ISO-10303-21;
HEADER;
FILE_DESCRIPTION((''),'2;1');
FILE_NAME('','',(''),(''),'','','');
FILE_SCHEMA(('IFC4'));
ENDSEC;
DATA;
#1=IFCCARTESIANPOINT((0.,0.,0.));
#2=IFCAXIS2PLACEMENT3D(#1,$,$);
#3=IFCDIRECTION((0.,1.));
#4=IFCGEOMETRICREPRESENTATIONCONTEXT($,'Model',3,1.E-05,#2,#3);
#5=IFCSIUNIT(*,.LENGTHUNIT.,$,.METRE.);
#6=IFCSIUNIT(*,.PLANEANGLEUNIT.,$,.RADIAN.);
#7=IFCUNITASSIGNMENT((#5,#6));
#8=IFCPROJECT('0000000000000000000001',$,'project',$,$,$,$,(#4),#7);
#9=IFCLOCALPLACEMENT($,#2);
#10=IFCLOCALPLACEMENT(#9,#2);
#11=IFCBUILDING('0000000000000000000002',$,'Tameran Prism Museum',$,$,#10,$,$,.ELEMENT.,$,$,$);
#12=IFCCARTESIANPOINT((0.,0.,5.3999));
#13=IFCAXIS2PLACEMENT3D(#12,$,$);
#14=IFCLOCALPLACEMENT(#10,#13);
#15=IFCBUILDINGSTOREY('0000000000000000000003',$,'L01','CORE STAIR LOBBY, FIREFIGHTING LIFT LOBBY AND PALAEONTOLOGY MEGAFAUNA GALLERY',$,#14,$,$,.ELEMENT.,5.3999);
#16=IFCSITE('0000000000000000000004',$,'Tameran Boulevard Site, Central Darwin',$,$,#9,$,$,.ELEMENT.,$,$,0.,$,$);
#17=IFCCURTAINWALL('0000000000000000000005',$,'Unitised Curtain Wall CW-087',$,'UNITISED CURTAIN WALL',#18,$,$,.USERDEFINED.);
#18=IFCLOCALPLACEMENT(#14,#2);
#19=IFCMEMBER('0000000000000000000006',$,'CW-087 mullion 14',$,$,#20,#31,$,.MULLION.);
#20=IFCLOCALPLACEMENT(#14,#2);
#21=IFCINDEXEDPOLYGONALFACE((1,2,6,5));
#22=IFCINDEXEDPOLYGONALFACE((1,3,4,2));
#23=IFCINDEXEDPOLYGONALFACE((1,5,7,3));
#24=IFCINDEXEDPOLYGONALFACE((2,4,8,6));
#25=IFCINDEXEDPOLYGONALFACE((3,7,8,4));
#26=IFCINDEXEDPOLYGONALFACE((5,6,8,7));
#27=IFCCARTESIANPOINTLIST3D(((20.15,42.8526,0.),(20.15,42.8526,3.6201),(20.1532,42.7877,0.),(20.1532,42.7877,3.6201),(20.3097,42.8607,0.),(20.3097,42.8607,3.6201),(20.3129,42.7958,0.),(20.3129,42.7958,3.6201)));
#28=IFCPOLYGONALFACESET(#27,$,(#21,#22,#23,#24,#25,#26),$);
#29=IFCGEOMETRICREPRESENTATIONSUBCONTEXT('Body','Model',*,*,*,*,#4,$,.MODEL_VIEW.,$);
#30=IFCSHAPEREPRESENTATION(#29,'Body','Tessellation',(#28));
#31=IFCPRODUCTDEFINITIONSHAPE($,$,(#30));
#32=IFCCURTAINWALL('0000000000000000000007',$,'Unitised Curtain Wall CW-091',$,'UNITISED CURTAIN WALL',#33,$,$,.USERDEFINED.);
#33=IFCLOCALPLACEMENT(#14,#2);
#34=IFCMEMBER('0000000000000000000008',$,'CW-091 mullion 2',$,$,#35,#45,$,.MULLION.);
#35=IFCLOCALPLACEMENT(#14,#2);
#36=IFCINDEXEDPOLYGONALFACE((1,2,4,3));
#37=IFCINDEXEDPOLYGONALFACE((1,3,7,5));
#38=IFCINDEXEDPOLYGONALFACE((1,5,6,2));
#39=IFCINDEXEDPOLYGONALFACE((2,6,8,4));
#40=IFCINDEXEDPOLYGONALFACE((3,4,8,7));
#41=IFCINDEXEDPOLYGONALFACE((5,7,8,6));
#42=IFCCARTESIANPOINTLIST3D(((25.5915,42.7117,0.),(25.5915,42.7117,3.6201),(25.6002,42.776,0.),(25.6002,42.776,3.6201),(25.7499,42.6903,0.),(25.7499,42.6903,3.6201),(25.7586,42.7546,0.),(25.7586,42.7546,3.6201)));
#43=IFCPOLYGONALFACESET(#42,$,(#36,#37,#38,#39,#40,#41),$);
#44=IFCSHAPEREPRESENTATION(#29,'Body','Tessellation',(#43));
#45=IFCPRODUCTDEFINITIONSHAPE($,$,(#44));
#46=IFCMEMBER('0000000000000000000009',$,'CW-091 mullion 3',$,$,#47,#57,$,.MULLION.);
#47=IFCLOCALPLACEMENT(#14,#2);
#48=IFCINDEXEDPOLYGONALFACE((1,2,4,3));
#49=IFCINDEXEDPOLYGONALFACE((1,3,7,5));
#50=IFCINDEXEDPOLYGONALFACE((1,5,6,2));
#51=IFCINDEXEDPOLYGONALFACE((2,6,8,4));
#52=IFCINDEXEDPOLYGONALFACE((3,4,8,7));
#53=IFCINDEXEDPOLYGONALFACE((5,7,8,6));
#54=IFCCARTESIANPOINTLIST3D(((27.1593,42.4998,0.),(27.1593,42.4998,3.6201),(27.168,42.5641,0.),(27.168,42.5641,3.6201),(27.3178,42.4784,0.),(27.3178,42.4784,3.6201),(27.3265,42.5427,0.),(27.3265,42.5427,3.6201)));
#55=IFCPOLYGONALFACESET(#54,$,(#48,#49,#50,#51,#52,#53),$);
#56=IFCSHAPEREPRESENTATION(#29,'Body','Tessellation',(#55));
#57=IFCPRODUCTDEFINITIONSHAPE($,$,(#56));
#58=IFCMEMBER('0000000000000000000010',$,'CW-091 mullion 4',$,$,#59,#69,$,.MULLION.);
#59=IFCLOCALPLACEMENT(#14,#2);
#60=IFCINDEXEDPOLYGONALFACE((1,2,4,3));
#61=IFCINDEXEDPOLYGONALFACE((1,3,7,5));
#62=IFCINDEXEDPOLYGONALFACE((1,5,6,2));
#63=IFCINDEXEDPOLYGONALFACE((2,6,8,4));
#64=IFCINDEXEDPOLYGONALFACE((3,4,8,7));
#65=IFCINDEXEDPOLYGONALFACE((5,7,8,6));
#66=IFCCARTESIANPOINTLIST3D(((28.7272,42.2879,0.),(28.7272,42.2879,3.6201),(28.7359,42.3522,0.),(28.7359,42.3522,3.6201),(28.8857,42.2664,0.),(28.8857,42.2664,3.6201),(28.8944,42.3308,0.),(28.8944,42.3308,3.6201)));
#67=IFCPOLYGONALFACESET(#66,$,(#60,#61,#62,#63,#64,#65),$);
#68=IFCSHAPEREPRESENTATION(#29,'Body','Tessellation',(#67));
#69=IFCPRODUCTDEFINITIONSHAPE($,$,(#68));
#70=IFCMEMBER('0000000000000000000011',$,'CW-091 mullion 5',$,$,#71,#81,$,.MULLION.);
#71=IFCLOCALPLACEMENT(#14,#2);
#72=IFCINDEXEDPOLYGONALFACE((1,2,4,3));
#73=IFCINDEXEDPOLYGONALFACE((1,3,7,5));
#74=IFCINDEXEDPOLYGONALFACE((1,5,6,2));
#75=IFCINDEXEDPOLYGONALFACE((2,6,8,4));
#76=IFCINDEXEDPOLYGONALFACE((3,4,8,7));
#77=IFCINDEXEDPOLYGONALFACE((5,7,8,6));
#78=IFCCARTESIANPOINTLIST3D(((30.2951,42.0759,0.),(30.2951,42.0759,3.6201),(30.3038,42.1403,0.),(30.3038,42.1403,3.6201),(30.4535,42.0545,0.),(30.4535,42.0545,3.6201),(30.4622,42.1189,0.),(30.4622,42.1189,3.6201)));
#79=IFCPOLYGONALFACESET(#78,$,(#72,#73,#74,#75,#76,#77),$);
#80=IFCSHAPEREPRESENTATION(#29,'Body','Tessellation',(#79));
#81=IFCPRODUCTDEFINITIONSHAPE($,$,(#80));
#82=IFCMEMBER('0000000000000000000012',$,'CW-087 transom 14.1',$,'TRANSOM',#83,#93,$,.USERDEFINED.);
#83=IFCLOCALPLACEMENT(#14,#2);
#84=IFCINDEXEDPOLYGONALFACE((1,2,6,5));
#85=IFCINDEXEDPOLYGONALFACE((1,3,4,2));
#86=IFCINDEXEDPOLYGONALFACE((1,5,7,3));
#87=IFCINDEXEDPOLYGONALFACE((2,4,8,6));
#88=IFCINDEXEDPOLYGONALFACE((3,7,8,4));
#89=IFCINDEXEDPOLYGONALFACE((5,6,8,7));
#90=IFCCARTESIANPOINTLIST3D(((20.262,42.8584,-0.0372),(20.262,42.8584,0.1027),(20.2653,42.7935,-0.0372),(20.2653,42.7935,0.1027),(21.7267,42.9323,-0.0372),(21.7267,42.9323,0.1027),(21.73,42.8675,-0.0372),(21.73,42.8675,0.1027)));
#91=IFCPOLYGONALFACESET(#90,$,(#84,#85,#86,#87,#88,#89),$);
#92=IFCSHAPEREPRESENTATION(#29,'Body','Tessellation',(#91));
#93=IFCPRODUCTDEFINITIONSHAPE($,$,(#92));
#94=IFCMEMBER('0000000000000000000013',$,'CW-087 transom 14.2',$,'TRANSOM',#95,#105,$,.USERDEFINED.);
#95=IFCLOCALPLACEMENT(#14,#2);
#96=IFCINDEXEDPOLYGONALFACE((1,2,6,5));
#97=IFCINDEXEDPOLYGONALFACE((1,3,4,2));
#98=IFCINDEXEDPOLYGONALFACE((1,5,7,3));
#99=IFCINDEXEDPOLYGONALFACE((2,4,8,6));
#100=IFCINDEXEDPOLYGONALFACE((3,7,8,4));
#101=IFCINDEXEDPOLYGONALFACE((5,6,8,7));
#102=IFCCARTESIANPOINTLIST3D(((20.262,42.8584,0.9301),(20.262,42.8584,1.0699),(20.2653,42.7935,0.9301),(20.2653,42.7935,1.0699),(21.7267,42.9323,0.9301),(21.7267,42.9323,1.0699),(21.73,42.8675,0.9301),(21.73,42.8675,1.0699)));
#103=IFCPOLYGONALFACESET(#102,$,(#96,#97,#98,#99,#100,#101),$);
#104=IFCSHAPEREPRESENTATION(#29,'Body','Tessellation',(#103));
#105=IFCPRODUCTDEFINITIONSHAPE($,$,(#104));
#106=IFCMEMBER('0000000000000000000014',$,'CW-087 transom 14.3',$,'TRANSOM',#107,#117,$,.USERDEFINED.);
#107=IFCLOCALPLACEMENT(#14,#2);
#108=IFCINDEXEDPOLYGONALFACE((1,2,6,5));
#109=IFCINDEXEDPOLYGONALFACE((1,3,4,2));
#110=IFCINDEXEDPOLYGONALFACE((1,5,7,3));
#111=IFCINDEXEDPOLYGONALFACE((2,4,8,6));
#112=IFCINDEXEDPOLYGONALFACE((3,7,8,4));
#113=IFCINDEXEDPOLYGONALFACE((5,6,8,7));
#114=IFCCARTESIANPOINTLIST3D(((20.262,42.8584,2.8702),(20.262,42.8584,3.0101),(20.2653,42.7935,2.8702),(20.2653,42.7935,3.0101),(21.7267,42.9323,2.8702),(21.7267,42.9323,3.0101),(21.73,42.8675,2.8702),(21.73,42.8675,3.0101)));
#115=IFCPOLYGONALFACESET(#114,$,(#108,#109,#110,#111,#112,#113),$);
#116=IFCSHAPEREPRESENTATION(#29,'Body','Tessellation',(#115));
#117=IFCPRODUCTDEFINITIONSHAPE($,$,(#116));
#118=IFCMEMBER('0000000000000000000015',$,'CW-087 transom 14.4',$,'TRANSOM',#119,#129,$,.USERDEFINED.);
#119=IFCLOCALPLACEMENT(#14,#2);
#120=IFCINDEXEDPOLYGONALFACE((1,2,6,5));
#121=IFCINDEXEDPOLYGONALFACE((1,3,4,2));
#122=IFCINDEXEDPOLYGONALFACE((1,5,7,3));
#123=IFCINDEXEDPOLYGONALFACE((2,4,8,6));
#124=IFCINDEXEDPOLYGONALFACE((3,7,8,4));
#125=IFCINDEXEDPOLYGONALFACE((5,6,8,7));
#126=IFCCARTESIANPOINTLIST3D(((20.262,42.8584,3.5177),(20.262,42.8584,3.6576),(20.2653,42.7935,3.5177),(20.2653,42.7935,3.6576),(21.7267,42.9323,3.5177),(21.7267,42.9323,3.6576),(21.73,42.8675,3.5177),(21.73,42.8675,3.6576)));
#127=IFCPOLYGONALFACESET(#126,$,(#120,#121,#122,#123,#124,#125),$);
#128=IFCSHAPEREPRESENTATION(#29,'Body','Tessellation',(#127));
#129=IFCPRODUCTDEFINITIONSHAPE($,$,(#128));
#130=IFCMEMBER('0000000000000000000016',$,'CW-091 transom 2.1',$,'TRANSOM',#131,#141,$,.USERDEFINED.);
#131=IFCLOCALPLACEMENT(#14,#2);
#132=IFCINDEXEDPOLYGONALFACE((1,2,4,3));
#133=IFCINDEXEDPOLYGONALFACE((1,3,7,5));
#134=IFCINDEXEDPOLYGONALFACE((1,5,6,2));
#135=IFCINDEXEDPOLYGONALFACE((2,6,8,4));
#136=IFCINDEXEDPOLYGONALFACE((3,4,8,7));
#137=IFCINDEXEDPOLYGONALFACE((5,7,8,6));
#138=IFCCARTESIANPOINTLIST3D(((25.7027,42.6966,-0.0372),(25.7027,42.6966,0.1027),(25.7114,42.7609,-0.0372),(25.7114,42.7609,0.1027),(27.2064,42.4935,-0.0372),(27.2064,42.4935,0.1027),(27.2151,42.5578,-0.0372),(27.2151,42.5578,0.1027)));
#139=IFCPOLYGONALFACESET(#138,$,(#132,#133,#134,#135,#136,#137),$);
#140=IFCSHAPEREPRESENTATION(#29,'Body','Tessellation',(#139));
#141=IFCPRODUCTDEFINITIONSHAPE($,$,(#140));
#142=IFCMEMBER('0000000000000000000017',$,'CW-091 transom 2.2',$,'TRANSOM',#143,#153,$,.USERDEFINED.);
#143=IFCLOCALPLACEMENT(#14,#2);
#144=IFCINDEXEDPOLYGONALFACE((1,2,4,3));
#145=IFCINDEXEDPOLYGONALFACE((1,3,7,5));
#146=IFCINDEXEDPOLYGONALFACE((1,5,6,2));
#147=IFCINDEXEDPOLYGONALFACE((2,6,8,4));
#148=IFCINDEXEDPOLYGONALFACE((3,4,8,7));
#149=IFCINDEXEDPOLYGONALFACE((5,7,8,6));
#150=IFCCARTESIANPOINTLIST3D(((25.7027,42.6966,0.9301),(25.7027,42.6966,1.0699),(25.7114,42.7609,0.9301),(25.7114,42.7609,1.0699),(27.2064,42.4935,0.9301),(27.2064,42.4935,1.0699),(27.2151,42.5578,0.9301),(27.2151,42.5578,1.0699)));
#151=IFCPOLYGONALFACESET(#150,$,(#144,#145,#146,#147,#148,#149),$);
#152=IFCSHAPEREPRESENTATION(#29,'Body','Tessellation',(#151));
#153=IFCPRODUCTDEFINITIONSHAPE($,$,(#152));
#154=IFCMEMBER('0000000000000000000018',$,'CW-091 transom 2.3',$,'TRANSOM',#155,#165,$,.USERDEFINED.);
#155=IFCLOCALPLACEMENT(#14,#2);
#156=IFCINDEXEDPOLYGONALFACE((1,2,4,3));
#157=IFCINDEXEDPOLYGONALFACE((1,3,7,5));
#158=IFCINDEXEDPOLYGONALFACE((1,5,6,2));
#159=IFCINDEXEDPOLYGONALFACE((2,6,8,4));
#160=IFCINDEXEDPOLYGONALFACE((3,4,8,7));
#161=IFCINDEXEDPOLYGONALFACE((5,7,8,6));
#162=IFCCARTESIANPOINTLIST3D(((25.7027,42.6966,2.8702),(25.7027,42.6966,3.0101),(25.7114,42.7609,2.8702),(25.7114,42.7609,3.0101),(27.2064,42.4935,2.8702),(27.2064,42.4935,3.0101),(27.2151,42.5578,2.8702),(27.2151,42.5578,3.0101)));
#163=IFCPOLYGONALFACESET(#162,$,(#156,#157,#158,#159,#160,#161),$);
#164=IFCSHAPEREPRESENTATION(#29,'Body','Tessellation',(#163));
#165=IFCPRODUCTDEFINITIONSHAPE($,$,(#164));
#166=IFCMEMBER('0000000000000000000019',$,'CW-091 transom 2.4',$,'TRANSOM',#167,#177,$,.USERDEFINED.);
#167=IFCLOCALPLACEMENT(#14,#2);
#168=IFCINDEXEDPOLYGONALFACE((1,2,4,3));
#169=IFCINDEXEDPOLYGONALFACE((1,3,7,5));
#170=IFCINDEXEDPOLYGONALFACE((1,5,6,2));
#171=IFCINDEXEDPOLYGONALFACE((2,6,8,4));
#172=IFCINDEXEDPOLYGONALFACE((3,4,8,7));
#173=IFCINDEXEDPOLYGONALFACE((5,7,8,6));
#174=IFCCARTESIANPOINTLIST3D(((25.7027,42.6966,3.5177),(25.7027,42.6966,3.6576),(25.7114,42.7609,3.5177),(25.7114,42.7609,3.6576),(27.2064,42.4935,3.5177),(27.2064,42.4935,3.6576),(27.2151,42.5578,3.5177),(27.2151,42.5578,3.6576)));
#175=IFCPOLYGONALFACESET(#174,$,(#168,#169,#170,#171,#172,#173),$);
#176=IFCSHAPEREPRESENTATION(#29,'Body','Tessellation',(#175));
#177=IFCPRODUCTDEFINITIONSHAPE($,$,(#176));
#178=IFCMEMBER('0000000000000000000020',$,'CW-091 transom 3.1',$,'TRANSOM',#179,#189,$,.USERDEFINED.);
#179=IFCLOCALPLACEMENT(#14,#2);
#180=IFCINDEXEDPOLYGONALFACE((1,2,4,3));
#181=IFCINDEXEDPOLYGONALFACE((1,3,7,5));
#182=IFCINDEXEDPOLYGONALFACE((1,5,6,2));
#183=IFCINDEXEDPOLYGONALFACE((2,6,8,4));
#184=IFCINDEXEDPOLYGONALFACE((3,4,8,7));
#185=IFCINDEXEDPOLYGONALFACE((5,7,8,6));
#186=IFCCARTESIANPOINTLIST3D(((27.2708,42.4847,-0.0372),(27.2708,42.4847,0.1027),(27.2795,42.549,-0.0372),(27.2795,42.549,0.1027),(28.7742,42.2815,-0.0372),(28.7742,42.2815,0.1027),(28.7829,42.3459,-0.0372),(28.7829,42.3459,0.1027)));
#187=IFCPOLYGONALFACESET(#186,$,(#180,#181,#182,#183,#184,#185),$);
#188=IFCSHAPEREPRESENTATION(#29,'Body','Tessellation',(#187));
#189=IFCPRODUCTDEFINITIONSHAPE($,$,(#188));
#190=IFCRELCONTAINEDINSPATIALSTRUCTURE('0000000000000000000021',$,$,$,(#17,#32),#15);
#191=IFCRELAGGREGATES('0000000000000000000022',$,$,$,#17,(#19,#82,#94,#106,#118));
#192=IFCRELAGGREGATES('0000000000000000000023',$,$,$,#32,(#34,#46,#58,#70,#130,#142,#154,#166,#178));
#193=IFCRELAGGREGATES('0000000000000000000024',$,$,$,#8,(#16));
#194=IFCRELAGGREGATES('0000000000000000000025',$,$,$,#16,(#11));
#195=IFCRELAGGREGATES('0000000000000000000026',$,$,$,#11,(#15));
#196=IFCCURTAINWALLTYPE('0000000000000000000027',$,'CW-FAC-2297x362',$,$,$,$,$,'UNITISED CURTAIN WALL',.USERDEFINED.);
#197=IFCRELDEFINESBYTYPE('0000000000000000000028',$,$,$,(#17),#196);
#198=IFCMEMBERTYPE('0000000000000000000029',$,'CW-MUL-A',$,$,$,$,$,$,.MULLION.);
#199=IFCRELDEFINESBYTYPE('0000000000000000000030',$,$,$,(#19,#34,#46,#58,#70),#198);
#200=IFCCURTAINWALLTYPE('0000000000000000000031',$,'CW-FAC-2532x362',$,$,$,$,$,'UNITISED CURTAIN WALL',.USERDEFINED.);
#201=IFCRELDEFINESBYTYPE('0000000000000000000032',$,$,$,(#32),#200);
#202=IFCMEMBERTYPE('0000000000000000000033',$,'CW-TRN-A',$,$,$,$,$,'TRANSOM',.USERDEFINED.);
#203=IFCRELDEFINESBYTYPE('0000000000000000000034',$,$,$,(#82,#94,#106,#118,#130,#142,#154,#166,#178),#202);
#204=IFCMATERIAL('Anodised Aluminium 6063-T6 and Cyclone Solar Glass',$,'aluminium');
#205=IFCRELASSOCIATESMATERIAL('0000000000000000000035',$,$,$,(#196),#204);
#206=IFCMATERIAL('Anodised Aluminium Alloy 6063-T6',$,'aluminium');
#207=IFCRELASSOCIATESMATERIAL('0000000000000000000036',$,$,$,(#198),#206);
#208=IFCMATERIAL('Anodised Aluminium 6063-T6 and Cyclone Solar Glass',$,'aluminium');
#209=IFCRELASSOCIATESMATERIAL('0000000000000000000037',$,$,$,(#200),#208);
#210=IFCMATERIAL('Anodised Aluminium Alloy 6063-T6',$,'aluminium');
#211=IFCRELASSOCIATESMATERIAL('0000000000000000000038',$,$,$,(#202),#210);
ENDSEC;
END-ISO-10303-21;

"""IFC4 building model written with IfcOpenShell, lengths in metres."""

from ifc_helpers import new_model, si_unit, direction, frame, origin, origin_2d, place, context, subcontext, project, spatial, rectangle, extrude, material, material_profile, profile_set, type_object, element, aggregate, save


model = new_model("IFC4")

# Units and contexts
model_context = context("Model", 3, precision=1e-05, world=origin(), true_north=direction((0.0, 1.0)))
body_context = subcontext(model_context, "Body", "Model", "MODEL_VIEW")
ifc_project = project(units=[si_unit("LENGTHUNIT", "METRE"), si_unit("PLANEANGLEUNIT", "RADIAN")], contexts=[model_context])

# Site, building, storey
site_placement = place(None, origin())
site = spatial("IfcSite", under=ifc_project, at=site_placement, Name="Tameran Boulevard Site, Central Darwin", CompositionType="ELEMENT", RefElevation=0.0)
building_placement = place(site_placement, origin())
building = spatial("IfcBuilding", under=site, at=building_placement, Name="Tameran Prism Museum", CompositionType="ELEMENT")
storey_placement = place(building_placement, frame((0.0, 0.0, 5.3999)))
storey = spatial("IfcBuildingStorey", under=building, at=storey_placement, Name="L01", Description="CORE STAIR LOBBY, FIREFIGHTING LIFT LOBBY AND PALAEONTOLOGY MEGAFAUNA GALLERY", CompositionType="ELEMENT", Elevation=5.3999)

# Curtain wall, member
ifc_material_1 = material(Name="Anodised Aluminium 6063-T6 and Cyclone Solar Glass", Category="aluminium")
curtain_wall_type_1 = type_object("IfcCurtainWallType", Name="CW-FAC-2297x362", ElementType="UNITISED CURTAIN WALL", PredefinedType="USERDEFINED", material=ifc_material_1)
curtain_wall_1_placement = place(storey_placement, origin())
curtain_wall_1 = element("IfcCurtainWall", 1, at=curtain_wall_1_placement, inside=storey, type_object=curtain_wall_type_1, Name="Unitised Curtain Wall CW-087", ObjectType="UNITISED CURTAIN WALL", PredefinedType="USERDEFINED")
ifc_material_2 = material(Name="Anodised Aluminium Alloy 6063-T6", Category="aluminium")
ifc_material_profile_1 = material_profile(ifc_material_2, rectangle(XDim=0.0649, YDim=0.1599, at=origin_2d()))
ifc_profile_set_1 = profile_set([ifc_material_profile_1])
member_type_1 = type_object("IfcMemberType", Name="CW-MUL-A", PredefinedType="MULLION", material=ifc_profile_set_1)
member_1_placement = place(storey_placement, frame((20.2314, 42.8242, 0.0), z_axis=(0.0, 0.0, 1.0), x_axis=(-0.050546, 0.998722, 0.0)))
member_1 = element("IfcMember", 2, at=member_1_placement, type_object=member_type_1, Name="CW-087 mullion 14", PredefinedType="MULLION", context=body_context, shape_type="SweptSolid", body=[
    extrude(rectangle(XDim=0.0649, YDim=0.1599, at=origin_2d()), origin(), (0.0, 0.0, 1.0), 3.6201),
])

# Curtain wall, members
ifc_material_3 = material(Name="Anodised Aluminium 6063-T6 and Cyclone Solar Glass", Category="aluminium")
curtain_wall_type_2 = type_object("IfcCurtainWallType", Name="CW-FAC-2532x362", ElementType="UNITISED CURTAIN WALL", PredefinedType="USERDEFINED", material=ifc_material_3)
curtain_wall_2_placement = place(storey_placement, origin())
curtain_wall_2 = element("IfcCurtainWall", 3, at=curtain_wall_2_placement, inside=storey, type_object=curtain_wall_type_2, Name="Unitised Curtain Wall CW-091", ObjectType="UNITISED CURTAIN WALL", PredefinedType="USERDEFINED")
member_2_placement = place(storey_placement, frame((25.675, 42.7332, 0.0), z_axis=(0.0, 0.0, 1.0), x_axis=(0.133913, 0.990993, 0.0)))
member_2 = element("IfcMember", 4, at=member_2_placement, type_object=member_type_1, Name="CW-091 mullion 2", PredefinedType="MULLION", context=body_context, shape_type="SweptSolid", body=[
    extrude(rectangle(XDim=0.0649, YDim=0.1599, at=origin_2d()), origin(), (0.0, 0.0, 1.0), 3.6201),
])
member_3_placement = place(storey_placement, frame((27.2429, 42.5212, 0.0), z_axis=(0.0, 0.0, 1.0), x_axis=(0.133913, 0.990993, 0.0)))
member_3 = element("IfcMember", 5, at=member_3_placement, type_object=member_type_1, Name="CW-091 mullion 3", PredefinedType="MULLION", context=body_context, shape_type="SweptSolid", body=[
    extrude(rectangle(XDim=0.0649, YDim=0.1599, at=origin_2d()), origin(), (0.0, 0.0, 1.0), 3.6201),
])
member_4_placement = place(storey_placement, frame((28.8108, 42.3093, 0.0), z_axis=(0.0, 0.0, 1.0), x_axis=(0.133913, 0.990993, 0.0)))
member_4 = element("IfcMember", 6, at=member_4_placement, type_object=member_type_1, Name="CW-091 mullion 4", PredefinedType="MULLION", context=body_context, shape_type="SweptSolid", body=[
    extrude(rectangle(XDim=0.0649, YDim=0.1599, at=origin_2d()), origin(), (0.0, 0.0, 1.0), 3.6201),
])
member_5_placement = place(storey_placement, frame((30.3787, 42.0974, 0.0), z_axis=(0.0, 0.0, 1.0), x_axis=(0.133913, 0.990993, 0.0)))
member_5 = element("IfcMember", 7, at=member_5_placement, type_object=member_type_1, Name="CW-091 mullion 5", PredefinedType="MULLION", context=body_context, shape_type="SweptSolid", body=[
    extrude(rectangle(XDim=0.0649, YDim=0.1599, at=origin_2d()), origin(), (0.0, 0.0, 1.0), 3.6201),
])

# Members
ifc_material_4 = material(Name="Anodised Aluminium Alloy 6063-T6", Category="aluminium")
ifc_material_profile_2 = material_profile(ifc_material_4, rectangle(XDim=0.0649, YDim=0.1399, at=origin_2d()))
ifc_profile_set_2 = profile_set([ifc_material_profile_2])
member_type_2 = type_object("IfcMemberType", Name="CW-TRN-A", ElementType="TRANSOM", PredefinedType="USERDEFINED", material=ifc_profile_set_2)
member_6_placement = place(storey_placement, frame((20.2637, 42.8259, 0.0327), z_axis=(0.998727, 0.050444, 0.0), x_axis=(-0.050444, 0.998727, 0.0)))
member_6 = element("IfcMember", 8, at=member_6_placement, type_object=member_type_2, Name="CW-087 transom 14.1", ObjectType="TRANSOM", PredefinedType="USERDEFINED", context=body_context, shape_type="SweptSolid", body=[
    extrude(rectangle(XDim=0.0649, YDim=0.1399, at=origin_2d()), origin(), (0.0, 0.0, 1.0), 1.4666),
])
member_7_placement = place(storey_placement, frame((20.2637, 42.8259, 1.0), z_axis=(0.998727, 0.050444, 0.0), x_axis=(-0.050444, 0.998727, 0.0)))
member_7 = element("IfcMember", 9, at=member_7_placement, type_object=member_type_2, Name="CW-087 transom 14.2", ObjectType="TRANSOM", PredefinedType="USERDEFINED", context=body_context, shape_type="SweptSolid", body=[
    extrude(rectangle(XDim=0.0649, YDim=0.1399, at=origin_2d()), origin(), (0.0, 0.0, 1.0), 1.4666),
])
member_8_placement = place(storey_placement, frame((20.2637, 42.8259, 2.9402), z_axis=(0.998727, 0.050444, 0.0), x_axis=(-0.050444, 0.998727, 0.0)))
member_8 = element("IfcMember", 10, at=member_8_placement, type_object=member_type_2, Name="CW-087 transom 14.3", ObjectType="TRANSOM", PredefinedType="USERDEFINED", context=body_context, shape_type="SweptSolid", body=[
    extrude(rectangle(XDim=0.0649, YDim=0.1399, at=origin_2d()), origin(), (0.0, 0.0, 1.0), 1.4666),
])
member_9_placement = place(storey_placement, frame((20.2637, 42.8259, 3.5876), z_axis=(0.998727, 0.050444, 0.0), x_axis=(-0.050444, 0.998727, 0.0)))
member_9 = element("IfcMember", 11, at=member_9_placement, type_object=member_type_2, Name="CW-087 transom 14.4", ObjectType="TRANSOM", PredefinedType="USERDEFINED", context=body_context, shape_type="SweptSolid", body=[
    extrude(rectangle(XDim=0.0649, YDim=0.1399, at=origin_2d()), origin(), (0.0, 0.0, 1.0), 1.4666),
])
member_10_placement = place(storey_placement, frame((25.707, 42.7288, 0.0327), z_axis=(0.990999, -0.133871, 0.0), x_axis=(0.133871, 0.990999, 0.0)))
member_10 = element("IfcMember", 12, at=member_10_placement, type_object=member_type_2, Name="CW-091 transom 2.1", ObjectType="TRANSOM", PredefinedType="USERDEFINED", context=body_context, shape_type="SweptSolid", body=[
    extrude(rectangle(XDim=0.0649, YDim=0.1399, at=origin_2d()), origin(), (0.0, 0.0, 1.0), 1.5173),
])
member_11_placement = place(storey_placement, frame((25.707, 42.7288, 1.0), z_axis=(0.990999, -0.133871, 0.0), x_axis=(0.133871, 0.990999, 0.0)))
member_11 = element("IfcMember", 13, at=member_11_placement, type_object=member_type_2, Name="CW-091 transom 2.2", ObjectType="TRANSOM", PredefinedType="USERDEFINED", context=body_context, shape_type="SweptSolid", body=[
    extrude(rectangle(XDim=0.0649, YDim=0.1399, at=origin_2d()), origin(), (0.0, 0.0, 1.0), 1.5173),
])
member_12_placement = place(storey_placement, frame((25.707, 42.7288, 2.9402), z_axis=(0.990999, -0.133871, 0.0), x_axis=(0.133871, 0.990999, 0.0)))
member_12 = element("IfcMember", 14, at=member_12_placement, type_object=member_type_2, Name="CW-091 transom 2.3", ObjectType="TRANSOM", PredefinedType="USERDEFINED", context=body_context, shape_type="SweptSolid", body=[
    extrude(rectangle(XDim=0.0649, YDim=0.1399, at=origin_2d()), origin(), (0.0, 0.0, 1.0), 1.5173),
])
member_13_placement = place(storey_placement, frame((25.707, 42.7288, 3.5876), z_axis=(0.990999, -0.133871, 0.0), x_axis=(0.133871, 0.990999, 0.0)))
member_13 = element("IfcMember", 15, at=member_13_placement, type_object=member_type_2, Name="CW-091 transom 2.4", ObjectType="TRANSOM", PredefinedType="USERDEFINED", context=body_context, shape_type="SweptSolid", body=[
    extrude(rectangle(XDim=0.0649, YDim=0.1399, at=origin_2d()), origin(), (0.0, 0.0, 1.0), 1.5173),
])
member_14_placement = place(storey_placement, frame((27.2751, 42.5168, 0.0327), z_axis=(0.990996, -0.133892, 0.0), x_axis=(0.133892, 0.990996, 0.0)))
member_14 = element("IfcMember", 16, at=member_14_placement, type_object=member_type_2, Name="CW-091 transom 3.1", ObjectType="TRANSOM", PredefinedType="USERDEFINED", context=body_context, shape_type="SweptSolid", body=[
    extrude(rectangle(XDim=0.0649, YDim=0.1399, at=origin_2d()), origin(), (0.0, 0.0, 1.0), 1.5171),
])

aggregate(curtain_wall_1, [member_1, member_6, member_7, member_8, member_9])
aggregate(curtain_wall_2, [member_2, member_3, member_4, member_5, member_10, member_11, member_12, member_13, member_14])

save(model, "model.ifc")
